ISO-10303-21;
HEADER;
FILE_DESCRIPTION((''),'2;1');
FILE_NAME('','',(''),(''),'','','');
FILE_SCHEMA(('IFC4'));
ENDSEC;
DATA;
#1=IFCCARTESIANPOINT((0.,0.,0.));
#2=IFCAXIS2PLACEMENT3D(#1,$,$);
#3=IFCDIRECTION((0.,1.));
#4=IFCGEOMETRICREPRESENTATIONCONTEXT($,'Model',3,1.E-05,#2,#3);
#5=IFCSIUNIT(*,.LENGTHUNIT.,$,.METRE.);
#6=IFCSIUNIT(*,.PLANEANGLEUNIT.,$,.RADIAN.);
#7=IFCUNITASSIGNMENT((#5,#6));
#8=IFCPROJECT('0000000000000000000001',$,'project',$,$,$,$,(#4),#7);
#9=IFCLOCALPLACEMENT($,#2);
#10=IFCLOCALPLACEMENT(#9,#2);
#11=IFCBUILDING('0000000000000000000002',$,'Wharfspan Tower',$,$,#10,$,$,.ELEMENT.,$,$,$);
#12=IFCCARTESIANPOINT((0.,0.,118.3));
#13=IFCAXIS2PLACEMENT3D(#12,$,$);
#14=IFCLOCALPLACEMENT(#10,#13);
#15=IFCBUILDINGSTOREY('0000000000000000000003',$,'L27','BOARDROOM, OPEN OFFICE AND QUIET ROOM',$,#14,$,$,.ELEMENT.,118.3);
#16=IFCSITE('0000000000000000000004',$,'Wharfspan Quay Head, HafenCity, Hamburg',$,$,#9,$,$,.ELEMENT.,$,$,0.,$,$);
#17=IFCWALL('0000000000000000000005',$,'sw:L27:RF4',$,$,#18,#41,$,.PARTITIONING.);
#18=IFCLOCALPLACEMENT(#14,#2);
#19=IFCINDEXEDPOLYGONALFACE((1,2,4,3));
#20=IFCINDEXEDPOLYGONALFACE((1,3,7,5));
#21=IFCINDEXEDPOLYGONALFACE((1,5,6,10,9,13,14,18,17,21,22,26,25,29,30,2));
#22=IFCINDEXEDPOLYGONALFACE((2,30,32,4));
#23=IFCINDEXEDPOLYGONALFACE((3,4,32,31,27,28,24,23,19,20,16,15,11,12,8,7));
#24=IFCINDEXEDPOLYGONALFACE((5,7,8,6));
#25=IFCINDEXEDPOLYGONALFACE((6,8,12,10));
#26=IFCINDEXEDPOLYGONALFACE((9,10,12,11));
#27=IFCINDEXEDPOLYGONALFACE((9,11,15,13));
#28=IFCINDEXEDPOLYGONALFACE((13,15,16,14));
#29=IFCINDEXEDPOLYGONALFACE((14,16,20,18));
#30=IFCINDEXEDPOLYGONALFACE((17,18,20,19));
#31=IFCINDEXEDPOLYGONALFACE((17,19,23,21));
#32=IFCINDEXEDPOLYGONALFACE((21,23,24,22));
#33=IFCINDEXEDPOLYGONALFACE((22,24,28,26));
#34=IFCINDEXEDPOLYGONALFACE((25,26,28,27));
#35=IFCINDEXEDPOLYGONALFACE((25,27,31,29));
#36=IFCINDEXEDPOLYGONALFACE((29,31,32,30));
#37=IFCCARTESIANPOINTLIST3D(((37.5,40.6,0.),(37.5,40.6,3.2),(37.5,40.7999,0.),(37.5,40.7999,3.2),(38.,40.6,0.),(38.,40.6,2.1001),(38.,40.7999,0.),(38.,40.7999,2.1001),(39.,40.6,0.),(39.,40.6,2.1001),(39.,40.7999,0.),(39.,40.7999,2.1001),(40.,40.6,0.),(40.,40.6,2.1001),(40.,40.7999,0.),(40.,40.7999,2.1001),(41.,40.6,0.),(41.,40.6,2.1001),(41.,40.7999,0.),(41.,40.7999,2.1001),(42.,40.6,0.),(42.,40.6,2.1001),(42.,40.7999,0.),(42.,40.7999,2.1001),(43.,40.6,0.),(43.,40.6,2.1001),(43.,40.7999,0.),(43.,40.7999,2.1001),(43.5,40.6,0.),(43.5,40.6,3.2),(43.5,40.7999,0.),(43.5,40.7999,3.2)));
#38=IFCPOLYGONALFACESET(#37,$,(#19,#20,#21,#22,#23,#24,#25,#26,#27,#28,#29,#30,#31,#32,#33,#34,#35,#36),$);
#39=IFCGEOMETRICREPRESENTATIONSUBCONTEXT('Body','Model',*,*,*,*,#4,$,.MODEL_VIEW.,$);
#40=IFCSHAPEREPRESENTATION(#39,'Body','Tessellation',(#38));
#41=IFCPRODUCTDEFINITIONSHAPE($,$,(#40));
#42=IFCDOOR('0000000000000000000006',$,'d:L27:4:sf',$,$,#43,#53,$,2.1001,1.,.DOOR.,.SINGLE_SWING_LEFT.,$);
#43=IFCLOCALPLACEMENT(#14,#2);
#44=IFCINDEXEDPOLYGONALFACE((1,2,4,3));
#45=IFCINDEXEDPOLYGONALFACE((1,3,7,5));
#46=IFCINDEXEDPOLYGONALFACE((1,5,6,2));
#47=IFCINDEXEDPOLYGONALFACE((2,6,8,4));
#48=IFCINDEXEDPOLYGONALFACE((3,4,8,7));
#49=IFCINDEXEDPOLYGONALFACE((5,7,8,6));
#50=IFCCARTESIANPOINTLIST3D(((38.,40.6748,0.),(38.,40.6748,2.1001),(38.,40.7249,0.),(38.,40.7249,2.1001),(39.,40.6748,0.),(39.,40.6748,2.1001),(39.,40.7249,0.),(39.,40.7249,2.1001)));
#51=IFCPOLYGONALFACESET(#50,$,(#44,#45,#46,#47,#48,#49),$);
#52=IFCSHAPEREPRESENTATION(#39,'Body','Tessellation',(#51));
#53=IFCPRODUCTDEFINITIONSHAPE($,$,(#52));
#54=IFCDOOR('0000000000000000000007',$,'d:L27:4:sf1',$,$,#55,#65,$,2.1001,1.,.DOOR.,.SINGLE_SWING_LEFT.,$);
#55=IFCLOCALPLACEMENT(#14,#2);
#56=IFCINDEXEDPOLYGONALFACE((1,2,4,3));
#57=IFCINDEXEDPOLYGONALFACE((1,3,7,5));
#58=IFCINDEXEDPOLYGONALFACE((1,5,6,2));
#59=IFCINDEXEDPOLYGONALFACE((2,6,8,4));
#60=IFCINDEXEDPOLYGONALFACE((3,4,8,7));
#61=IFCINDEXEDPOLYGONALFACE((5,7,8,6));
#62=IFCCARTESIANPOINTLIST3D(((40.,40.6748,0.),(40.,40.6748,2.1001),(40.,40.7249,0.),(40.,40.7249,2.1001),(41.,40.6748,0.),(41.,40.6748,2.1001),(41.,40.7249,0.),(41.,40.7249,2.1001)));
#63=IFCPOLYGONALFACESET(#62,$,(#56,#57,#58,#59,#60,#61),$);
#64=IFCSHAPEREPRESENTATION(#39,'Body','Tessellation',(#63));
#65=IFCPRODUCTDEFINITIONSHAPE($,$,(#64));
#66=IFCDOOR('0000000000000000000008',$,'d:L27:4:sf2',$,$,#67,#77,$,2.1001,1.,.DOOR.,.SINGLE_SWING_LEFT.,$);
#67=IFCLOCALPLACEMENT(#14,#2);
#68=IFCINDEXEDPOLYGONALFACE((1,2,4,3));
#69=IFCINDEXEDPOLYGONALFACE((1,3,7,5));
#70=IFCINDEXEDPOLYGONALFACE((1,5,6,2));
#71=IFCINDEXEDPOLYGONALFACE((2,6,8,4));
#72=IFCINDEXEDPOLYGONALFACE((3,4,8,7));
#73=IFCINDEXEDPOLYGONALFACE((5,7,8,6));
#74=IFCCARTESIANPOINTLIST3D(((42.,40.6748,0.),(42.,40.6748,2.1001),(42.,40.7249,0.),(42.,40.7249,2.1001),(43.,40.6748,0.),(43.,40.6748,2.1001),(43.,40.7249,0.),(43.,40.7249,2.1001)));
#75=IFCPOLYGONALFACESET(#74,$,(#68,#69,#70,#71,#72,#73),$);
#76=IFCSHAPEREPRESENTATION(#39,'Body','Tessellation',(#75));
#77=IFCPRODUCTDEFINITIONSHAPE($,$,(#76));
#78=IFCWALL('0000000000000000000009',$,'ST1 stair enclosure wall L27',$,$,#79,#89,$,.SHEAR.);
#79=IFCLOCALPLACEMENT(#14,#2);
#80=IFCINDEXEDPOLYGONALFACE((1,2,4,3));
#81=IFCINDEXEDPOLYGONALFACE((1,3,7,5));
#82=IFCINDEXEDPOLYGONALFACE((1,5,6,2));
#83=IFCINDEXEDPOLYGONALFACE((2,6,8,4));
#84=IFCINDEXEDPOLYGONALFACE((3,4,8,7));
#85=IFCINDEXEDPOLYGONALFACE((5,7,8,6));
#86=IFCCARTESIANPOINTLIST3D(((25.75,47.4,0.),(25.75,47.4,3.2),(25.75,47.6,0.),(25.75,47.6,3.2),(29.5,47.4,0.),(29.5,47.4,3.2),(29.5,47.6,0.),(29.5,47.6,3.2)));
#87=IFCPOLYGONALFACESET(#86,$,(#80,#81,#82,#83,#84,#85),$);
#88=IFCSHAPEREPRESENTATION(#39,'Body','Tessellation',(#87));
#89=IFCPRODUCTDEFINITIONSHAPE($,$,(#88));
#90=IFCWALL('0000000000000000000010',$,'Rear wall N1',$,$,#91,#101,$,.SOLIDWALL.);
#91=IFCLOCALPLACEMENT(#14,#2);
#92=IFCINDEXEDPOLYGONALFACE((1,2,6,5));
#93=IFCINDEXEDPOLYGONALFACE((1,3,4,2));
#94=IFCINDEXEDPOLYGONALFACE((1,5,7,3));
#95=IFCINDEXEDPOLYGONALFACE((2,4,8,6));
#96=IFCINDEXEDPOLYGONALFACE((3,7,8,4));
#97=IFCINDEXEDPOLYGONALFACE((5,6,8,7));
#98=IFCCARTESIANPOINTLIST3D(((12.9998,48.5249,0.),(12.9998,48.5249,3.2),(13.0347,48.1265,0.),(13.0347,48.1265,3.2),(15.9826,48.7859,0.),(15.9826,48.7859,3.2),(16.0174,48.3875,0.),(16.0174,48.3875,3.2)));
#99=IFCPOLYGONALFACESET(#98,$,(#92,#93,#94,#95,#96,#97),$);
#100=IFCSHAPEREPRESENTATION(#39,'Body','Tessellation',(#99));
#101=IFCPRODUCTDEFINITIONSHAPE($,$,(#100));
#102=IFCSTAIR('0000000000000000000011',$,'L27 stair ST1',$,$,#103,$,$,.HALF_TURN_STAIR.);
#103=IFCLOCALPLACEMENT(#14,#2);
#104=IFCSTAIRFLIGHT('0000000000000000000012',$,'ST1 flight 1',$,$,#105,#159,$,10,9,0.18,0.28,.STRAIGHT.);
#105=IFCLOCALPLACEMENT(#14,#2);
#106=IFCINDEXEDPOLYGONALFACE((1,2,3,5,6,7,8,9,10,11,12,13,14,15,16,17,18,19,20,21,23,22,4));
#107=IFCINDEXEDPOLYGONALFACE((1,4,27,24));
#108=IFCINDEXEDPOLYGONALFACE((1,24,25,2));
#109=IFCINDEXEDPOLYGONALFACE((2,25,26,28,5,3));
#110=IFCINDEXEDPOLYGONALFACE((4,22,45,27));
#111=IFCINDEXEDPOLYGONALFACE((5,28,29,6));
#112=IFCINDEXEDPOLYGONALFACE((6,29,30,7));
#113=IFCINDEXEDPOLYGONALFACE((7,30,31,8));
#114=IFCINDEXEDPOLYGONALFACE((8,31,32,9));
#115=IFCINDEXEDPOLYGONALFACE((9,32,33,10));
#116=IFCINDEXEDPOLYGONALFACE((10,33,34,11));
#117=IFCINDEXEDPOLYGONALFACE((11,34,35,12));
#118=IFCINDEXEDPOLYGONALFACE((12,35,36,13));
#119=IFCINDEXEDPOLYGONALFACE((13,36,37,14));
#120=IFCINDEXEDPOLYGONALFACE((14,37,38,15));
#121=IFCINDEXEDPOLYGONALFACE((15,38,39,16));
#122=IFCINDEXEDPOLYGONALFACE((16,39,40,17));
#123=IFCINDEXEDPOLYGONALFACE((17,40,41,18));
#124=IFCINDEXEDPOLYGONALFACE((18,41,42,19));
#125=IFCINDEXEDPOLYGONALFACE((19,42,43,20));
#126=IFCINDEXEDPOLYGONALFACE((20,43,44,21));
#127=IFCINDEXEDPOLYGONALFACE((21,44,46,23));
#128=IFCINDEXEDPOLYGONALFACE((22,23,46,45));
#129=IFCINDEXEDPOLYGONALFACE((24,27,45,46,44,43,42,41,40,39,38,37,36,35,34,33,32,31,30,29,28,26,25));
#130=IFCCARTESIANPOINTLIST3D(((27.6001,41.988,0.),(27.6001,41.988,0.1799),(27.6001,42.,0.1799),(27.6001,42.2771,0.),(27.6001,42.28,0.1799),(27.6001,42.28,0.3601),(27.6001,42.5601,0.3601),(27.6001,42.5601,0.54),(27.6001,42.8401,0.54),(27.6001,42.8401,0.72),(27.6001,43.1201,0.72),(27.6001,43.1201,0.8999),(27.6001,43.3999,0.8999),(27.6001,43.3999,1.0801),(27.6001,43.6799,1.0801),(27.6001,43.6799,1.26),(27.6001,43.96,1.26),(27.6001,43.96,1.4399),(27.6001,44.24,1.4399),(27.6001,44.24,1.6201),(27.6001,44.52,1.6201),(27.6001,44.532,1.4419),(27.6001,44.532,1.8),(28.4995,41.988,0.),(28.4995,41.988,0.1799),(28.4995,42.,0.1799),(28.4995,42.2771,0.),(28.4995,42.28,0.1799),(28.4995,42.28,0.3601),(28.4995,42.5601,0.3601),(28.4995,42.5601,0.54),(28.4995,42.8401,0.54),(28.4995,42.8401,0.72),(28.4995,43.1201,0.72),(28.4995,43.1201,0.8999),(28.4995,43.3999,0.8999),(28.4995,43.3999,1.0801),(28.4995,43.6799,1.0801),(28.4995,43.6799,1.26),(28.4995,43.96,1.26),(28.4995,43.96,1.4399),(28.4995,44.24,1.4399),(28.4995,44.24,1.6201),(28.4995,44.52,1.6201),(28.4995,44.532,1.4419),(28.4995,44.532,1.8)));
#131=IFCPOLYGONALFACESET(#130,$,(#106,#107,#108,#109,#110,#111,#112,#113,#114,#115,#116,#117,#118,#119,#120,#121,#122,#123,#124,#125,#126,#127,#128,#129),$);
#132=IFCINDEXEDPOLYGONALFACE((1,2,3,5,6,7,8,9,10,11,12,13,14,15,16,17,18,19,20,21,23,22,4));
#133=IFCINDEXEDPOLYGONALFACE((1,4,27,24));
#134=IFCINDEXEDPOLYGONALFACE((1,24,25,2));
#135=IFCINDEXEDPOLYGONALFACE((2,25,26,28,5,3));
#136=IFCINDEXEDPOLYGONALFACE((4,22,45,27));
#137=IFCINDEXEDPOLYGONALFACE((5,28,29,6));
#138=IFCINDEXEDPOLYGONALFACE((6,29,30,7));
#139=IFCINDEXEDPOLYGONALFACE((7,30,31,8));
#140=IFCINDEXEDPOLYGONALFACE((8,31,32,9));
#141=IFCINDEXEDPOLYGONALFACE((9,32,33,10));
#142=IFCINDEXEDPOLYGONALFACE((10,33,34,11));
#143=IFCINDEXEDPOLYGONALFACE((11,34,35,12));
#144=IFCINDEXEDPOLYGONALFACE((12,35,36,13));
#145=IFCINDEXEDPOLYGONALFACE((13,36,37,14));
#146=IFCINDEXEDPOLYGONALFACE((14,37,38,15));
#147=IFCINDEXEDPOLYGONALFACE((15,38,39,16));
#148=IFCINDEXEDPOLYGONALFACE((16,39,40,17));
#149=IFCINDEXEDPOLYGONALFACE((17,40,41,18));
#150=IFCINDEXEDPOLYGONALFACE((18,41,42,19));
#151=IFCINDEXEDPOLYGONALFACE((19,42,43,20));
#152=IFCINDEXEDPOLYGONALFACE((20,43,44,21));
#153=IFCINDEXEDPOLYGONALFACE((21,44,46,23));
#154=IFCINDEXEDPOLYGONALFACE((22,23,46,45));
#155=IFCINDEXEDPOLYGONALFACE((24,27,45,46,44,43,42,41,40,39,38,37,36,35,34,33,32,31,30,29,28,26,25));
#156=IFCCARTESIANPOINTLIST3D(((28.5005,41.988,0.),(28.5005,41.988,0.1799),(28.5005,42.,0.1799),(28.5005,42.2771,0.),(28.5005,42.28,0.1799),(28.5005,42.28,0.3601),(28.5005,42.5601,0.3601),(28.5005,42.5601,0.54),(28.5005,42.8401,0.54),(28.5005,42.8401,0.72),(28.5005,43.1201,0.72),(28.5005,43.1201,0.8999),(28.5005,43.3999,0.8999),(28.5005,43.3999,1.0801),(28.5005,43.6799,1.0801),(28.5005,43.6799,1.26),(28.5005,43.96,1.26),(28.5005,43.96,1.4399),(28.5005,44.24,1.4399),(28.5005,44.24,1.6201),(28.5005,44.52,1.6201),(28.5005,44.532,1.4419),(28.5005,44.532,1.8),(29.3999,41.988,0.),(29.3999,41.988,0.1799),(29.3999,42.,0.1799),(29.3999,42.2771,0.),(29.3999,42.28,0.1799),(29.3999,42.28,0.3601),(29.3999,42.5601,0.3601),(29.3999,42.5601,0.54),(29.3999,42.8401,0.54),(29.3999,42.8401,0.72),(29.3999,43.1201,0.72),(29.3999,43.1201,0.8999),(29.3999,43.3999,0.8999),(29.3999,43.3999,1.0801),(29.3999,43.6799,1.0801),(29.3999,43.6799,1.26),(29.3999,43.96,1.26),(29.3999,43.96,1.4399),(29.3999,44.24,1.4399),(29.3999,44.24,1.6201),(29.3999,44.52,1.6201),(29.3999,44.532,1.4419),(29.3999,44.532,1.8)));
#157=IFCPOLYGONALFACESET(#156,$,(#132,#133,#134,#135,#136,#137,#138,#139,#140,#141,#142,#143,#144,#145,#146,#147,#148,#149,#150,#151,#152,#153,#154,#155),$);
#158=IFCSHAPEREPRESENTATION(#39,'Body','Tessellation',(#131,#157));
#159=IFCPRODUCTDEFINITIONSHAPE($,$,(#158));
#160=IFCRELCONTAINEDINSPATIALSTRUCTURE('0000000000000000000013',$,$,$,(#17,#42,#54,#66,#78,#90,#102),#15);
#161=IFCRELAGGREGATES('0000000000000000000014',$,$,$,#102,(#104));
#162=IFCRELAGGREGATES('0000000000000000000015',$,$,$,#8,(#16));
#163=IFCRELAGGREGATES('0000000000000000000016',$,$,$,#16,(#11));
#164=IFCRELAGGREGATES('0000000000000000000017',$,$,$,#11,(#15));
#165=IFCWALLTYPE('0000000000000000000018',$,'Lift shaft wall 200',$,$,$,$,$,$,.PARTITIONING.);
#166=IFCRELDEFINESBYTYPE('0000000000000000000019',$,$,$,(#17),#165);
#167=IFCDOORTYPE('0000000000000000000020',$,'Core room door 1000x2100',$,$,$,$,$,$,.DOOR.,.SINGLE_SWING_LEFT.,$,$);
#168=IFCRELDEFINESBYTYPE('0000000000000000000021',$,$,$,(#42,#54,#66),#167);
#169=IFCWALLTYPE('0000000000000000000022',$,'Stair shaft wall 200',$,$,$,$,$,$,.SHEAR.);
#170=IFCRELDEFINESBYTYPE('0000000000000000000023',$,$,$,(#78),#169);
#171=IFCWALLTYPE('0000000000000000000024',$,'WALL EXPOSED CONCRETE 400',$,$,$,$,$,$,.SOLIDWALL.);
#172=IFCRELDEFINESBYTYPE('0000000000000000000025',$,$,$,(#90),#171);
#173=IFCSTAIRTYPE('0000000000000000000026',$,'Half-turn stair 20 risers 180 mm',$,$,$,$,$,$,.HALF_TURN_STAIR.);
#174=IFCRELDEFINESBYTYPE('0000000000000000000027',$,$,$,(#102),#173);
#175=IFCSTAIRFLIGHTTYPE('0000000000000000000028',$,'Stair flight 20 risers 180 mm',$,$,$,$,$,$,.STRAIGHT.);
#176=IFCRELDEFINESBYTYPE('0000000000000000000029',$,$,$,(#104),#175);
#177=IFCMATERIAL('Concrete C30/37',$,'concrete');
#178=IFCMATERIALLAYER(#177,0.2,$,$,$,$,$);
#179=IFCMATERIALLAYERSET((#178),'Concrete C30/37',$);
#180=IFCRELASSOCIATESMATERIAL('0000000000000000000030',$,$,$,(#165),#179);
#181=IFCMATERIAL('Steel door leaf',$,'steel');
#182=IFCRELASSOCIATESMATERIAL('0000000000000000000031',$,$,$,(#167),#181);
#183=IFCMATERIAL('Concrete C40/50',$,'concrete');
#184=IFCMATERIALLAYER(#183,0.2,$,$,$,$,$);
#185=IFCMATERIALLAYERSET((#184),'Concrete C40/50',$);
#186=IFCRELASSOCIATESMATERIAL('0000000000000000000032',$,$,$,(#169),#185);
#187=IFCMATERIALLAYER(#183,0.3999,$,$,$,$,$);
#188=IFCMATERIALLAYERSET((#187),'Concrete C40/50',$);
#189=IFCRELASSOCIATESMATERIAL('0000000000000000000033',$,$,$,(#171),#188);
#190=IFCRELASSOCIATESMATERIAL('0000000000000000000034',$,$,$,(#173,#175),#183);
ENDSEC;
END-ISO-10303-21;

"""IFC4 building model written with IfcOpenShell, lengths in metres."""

from ifc_helpers import new_model, si_unit, direction, frame, frame_2d, origin, place, context, subcontext, project, spatial, polyline, rectangle, outline, extrude, material, layer, layer_set, type_object, element, fill, aggregate, save


model = new_model("IFC4")

# Units and contexts
model_context = context("Model", 3, precision=1e-05, world=origin(), true_north=direction((0.0, 1.0)))
body_context = subcontext(model_context, "Body", "Model", "MODEL_VIEW")
ifc_project = project(units=[si_unit("LENGTHUNIT", "METRE"), si_unit("PLANEANGLEUNIT", "RADIAN")], contexts=[model_context])

# Site, building, storey
site_placement = place(None, origin())
site = spatial("IfcSite", under=ifc_project, at=site_placement, Name="Wharfspan Quay Head, HafenCity, Hamburg", CompositionType="ELEMENT", RefElevation=0.0)
building_placement = place(site_placement, origin())
building = spatial("IfcBuilding", under=site, at=building_placement, Name="Wharfspan Tower", CompositionType="ELEMENT")
storey_placement = place(building_placement, frame((0.0, 0.0, 118.3)))
storey = spatial("IfcBuildingStorey", under=building, at=storey_placement, Name="L27", Description="BOARDROOM, OPEN OFFICE AND QUIET ROOM", CompositionType="ELEMENT", Elevation=118.3)

# Wall, openings, doors
ifc_material_1 = material(Name="Concrete C30/37", Category="concrete")
ifc_layer_1 = layer(ifc_material_1, 0.2)
ifc_layer_set_1 = layer_set([ifc_layer_1], Name="Concrete C30/37")
wall_type_1 = type_object("IfcWallType", Name="Lift shaft wall 200", PredefinedType="PARTITIONING", material=ifc_layer_set_1)
wall_1_placement = place(storey_placement, frame((37.5, 40.7, 0.0), z_axis=(0.0, 0.0, 1.0), x_axis=(1.0, 0.0, 0.0)))
wall_1 = element("IfcWall", 1, at=wall_1_placement, inside=storey, type_object=wall_type_1, Name="sw:L27:RF4", PredefinedType="PARTITIONING", context=body_context, shape_type="SweptSolid", body=[
    extrude(rectangle(XDim=6.0, YDim=0.2, at=frame_2d((3.0, 0.0))), origin(), (0.0, 0.0, 1.0), 3.2),
])
opening_1_placement = place(wall_1_placement, frame((0.5, 0.0, 0.0)))
opening_1 = element("IfcOpeningElement", 2, at=opening_1_placement, cuts=wall_1, PredefinedType="OPENING", context=body_context, shape_type="SweptSolid", body=[
    extrude(rectangle(XDim=1.0, YDim=2.1001, at=frame_2d((0.5, 1.05))), frame((0.0, 0.1099, 0.0), z_axis=(0.0, -1.0, 0.0), x_axis=(1.0, 0.0, 0.0)), (0.0, 0.0, 1.0), 0.22),
])
opening_2_placement = place(wall_1_placement, frame((2.5, 0.0, 0.0)))
opening_2 = element("IfcOpeningElement", 3, at=opening_2_placement, cuts=wall_1, PredefinedType="OPENING", context=body_context, shape_type="SweptSolid", body=[
    extrude(rectangle(XDim=1.0, YDim=2.1001, at=frame_2d((0.5, 1.05))), frame((0.0, 0.1099, 0.0), z_axis=(0.0, -1.0, 0.0), x_axis=(1.0, 0.0, 0.0)), (0.0, 0.0, 1.0), 0.22),
])
opening_3_placement = place(wall_1_placement, frame((4.5, 0.0, 0.0)))
opening_3 = element("IfcOpeningElement", 4, at=opening_3_placement, cuts=wall_1, PredefinedType="OPENING", context=body_context, shape_type="SweptSolid", body=[
    extrude(rectangle(XDim=1.0, YDim=2.1001, at=frame_2d((0.5, 1.05))), frame((0.0, 0.1099, 0.0), z_axis=(0.0, -1.0, 0.0), x_axis=(1.0, 0.0, 0.0)), (0.0, 0.0, 1.0), 0.22),
])
ifc_material_2 = material(Name="Steel door leaf", Category="steel")
door_type = type_object("IfcDoorType", Name="Core room door 1000x2100", OperationType="SINGLE_SWING_LEFT", PredefinedType="DOOR", material=ifc_material_2)
door_1_placement = place(opening_1_placement, origin())
door_1 = element("IfcDoor", 5, at=door_1_placement, inside=storey, type_object=door_type, Name="d:L27:4:sf", OperationType="SINGLE_SWING_LEFT", OverallHeight=2.1001, OverallWidth=1.0, PredefinedType="DOOR", context=body_context, shape_type="SweptSolid", body=[
    extrude(rectangle(XDim=1.0, YDim=2.1001, at=frame_2d((0.5, 1.05))), frame((0.0, 0.0249, 0.0), z_axis=(0.0, -1.0, 0.0), x_axis=(1.0, 0.0, 0.0)), (0.0, 0.0, 1.0), 0.05),
])
fill(opening_1, door_1)
door_2_placement = place(opening_2_placement, origin())
door_2 = element("IfcDoor", 6, at=door_2_placement, inside=storey, type_object=door_type, Name="d:L27:4:sf1", OperationType="SINGLE_SWING_LEFT", OverallHeight=2.1001, OverallWidth=1.0, PredefinedType="DOOR", context=body_context, shape_type="SweptSolid", body=[
    extrude(rectangle(XDim=1.0, YDim=2.1001, at=frame_2d((0.5, 1.05))), frame((0.0, 0.0249, 0.0), z_axis=(0.0, -1.0, 0.0), x_axis=(1.0, 0.0, 0.0)), (0.0, 0.0, 1.0), 0.05),
])
fill(opening_2, door_2)
door_3_placement = place(opening_3_placement, origin())
door_3 = element("IfcDoor", 7, at=door_3_placement, inside=storey, type_object=door_type, Name="d:L27:4:sf2", OperationType="SINGLE_SWING_LEFT", OverallHeight=2.1001, OverallWidth=1.0, PredefinedType="DOOR", context=body_context, shape_type="SweptSolid", body=[
    extrude(rectangle(XDim=1.0, YDim=2.1001, at=frame_2d((0.5, 1.05))), frame((0.0, 0.0249, 0.0), z_axis=(0.0, -1.0, 0.0), x_axis=(1.0, 0.0, 0.0)), (0.0, 0.0, 1.0), 0.05),
])
fill(opening_3, door_3)

# Walls
ifc_material_3 = material(Name="Concrete C40/50", Category="concrete")
ifc_layer_2 = layer(ifc_material_3, 0.2)
ifc_layer_set_2 = layer_set([ifc_layer_2], Name="Concrete C40/50")
wall_type_2 = type_object("IfcWallType", Name="Stair shaft wall 200", PredefinedType="SHEAR", material=ifc_layer_set_2)
wall_2_placement = place(storey_placement, frame((25.75, 47.5, 0.0), z_axis=(0.0, 0.0, 1.0), x_axis=(1.0, 0.0, 0.0)))
element("IfcWall", 8, at=wall_2_placement, inside=storey, type_object=wall_type_2, Name="ST1 stair enclosure wall L27", PredefinedType="SHEAR", context=body_context, shape_type="SweptSolid", body=[
    extrude(rectangle(XDim=3.75, YDim=0.2, at=frame_2d((1.875, 0.0))), origin(), (0.0, 0.0, 1.0), 3.2),
])
ifc_layer_3 = layer(ifc_material_3, 0.3999)
ifc_layer_set_3 = layer_set([ifc_layer_3], Name="Concrete C40/50")
wall_type_3 = type_object("IfcWallType", Name="WALL EXPOSED CONCRETE 400", PredefinedType="SOLIDWALL", material=ifc_layer_set_3)
wall_3_placement = place(storey_placement, frame((16.0, 48.5867, 0.0), z_axis=(0.0, 0.0, 1.0), x_axis=(-0.996194, -0.087168, 0.0)))
element("IfcWall", 9, at=wall_3_placement, inside=storey, type_object=wall_type_3, Name="Rear wall N1", PredefinedType="SOLIDWALL", context=body_context, shape_type="SweptSolid", body=[
    extrude(rectangle(XDim=2.9941, YDim=0.3999, at=frame_2d((1.4971, 0.0))), origin(), (0.0, 0.0, 1.0), 3.2),
])

# Stair, stair flight
stair_type = type_object("IfcStairType", Name="Half-turn stair 20 risers 180 mm", PredefinedType="HALF_TURN_STAIR", material=ifc_material_3)
stair_placement = place(storey_placement, origin())
stair = element("IfcStair", 10, at=stair_placement, inside=storey, type_object=stair_type, Name="L27 stair ST1", PredefinedType="HALF_TURN_STAIR")
stair_flight_type = type_object("IfcStairFlightType", Name="Stair flight 20 risers 180 mm", PredefinedType="STRAIGHT", material=ifc_material_3)
stair_flight_1_placement = place(storey_placement, frame((28.5, 42.0, 0.0), z_axis=(0.0, 0.0, 1.0), x_axis=(0.0, 1.0, 0.0)))
stair_flight_1 = element("IfcStairFlight", 11, at=stair_flight_1_placement, type_object=stair_flight_type, Name="ST1 flight 1", NumberOfRisers=10, NumberOfTreads=9, PredefinedType="STRAIGHT", RiserHeight=0.18, TreadLength=0.28, context=body_context, shape_type="SweptSolid", body=[
    extrude(outline(polyline([(-0.012, 0.0), (-0.012, 0.1799), (0.0, 0.1799), (0.28, 0.1799), (0.28, 0.3601), (0.5601, 0.3601), (0.5601, 0.54), (0.8401, 0.54), (0.8401, 0.72), (1.1201, 0.72), (1.1201, 0.8999), (1.3999, 0.8999), (1.3999, 1.0801), (1.6799, 1.0801), (1.6799, 1.26), (1.96, 1.26), (1.96, 1.4399), (2.24, 1.4399), (2.24, 1.6201), (2.52, 1.6201), (2.532, 1.8), (2.532, 1.4419), (0.2771, 0.0), (-0.012, 0.0)])), frame((0.0, 0.8999, 0.0), z_axis=(0.0, -1.0, 0.0), x_axis=(1.0, 0.0, 0.0)), (0.0, 0.0, 1.0), 0.8994),
    extrude(outline(polyline([(-0.012, 0.0), (-0.012, 0.1799), (0.0, 0.1799), (0.28, 0.1799), (0.28, 0.3601), (0.5601, 0.3601), (0.5601, 0.54), (0.8401, 0.54), (0.8401, 0.72), (1.1201, 0.72), (1.1201, 0.8999), (1.3999, 0.8999), (1.3999, 1.0801), (1.6799, 1.0801), (1.6799, 1.26), (1.96, 1.26), (1.96, 1.4399), (2.24, 1.4399), (2.24, 1.6201), (2.52, 1.6201), (2.532, 1.8), (2.532, 1.4419), (0.2771, 0.0), (-0.012, 0.0)])), frame((0.0, -0.0005, 0.0), z_axis=(0.0, -1.0, 0.0), x_axis=(1.0, 0.0, 0.0)), (0.0, 0.0, 1.0), 0.8994),
])
aggregate(stair, [stair_flight_1])

save(model, "model.ifc")
